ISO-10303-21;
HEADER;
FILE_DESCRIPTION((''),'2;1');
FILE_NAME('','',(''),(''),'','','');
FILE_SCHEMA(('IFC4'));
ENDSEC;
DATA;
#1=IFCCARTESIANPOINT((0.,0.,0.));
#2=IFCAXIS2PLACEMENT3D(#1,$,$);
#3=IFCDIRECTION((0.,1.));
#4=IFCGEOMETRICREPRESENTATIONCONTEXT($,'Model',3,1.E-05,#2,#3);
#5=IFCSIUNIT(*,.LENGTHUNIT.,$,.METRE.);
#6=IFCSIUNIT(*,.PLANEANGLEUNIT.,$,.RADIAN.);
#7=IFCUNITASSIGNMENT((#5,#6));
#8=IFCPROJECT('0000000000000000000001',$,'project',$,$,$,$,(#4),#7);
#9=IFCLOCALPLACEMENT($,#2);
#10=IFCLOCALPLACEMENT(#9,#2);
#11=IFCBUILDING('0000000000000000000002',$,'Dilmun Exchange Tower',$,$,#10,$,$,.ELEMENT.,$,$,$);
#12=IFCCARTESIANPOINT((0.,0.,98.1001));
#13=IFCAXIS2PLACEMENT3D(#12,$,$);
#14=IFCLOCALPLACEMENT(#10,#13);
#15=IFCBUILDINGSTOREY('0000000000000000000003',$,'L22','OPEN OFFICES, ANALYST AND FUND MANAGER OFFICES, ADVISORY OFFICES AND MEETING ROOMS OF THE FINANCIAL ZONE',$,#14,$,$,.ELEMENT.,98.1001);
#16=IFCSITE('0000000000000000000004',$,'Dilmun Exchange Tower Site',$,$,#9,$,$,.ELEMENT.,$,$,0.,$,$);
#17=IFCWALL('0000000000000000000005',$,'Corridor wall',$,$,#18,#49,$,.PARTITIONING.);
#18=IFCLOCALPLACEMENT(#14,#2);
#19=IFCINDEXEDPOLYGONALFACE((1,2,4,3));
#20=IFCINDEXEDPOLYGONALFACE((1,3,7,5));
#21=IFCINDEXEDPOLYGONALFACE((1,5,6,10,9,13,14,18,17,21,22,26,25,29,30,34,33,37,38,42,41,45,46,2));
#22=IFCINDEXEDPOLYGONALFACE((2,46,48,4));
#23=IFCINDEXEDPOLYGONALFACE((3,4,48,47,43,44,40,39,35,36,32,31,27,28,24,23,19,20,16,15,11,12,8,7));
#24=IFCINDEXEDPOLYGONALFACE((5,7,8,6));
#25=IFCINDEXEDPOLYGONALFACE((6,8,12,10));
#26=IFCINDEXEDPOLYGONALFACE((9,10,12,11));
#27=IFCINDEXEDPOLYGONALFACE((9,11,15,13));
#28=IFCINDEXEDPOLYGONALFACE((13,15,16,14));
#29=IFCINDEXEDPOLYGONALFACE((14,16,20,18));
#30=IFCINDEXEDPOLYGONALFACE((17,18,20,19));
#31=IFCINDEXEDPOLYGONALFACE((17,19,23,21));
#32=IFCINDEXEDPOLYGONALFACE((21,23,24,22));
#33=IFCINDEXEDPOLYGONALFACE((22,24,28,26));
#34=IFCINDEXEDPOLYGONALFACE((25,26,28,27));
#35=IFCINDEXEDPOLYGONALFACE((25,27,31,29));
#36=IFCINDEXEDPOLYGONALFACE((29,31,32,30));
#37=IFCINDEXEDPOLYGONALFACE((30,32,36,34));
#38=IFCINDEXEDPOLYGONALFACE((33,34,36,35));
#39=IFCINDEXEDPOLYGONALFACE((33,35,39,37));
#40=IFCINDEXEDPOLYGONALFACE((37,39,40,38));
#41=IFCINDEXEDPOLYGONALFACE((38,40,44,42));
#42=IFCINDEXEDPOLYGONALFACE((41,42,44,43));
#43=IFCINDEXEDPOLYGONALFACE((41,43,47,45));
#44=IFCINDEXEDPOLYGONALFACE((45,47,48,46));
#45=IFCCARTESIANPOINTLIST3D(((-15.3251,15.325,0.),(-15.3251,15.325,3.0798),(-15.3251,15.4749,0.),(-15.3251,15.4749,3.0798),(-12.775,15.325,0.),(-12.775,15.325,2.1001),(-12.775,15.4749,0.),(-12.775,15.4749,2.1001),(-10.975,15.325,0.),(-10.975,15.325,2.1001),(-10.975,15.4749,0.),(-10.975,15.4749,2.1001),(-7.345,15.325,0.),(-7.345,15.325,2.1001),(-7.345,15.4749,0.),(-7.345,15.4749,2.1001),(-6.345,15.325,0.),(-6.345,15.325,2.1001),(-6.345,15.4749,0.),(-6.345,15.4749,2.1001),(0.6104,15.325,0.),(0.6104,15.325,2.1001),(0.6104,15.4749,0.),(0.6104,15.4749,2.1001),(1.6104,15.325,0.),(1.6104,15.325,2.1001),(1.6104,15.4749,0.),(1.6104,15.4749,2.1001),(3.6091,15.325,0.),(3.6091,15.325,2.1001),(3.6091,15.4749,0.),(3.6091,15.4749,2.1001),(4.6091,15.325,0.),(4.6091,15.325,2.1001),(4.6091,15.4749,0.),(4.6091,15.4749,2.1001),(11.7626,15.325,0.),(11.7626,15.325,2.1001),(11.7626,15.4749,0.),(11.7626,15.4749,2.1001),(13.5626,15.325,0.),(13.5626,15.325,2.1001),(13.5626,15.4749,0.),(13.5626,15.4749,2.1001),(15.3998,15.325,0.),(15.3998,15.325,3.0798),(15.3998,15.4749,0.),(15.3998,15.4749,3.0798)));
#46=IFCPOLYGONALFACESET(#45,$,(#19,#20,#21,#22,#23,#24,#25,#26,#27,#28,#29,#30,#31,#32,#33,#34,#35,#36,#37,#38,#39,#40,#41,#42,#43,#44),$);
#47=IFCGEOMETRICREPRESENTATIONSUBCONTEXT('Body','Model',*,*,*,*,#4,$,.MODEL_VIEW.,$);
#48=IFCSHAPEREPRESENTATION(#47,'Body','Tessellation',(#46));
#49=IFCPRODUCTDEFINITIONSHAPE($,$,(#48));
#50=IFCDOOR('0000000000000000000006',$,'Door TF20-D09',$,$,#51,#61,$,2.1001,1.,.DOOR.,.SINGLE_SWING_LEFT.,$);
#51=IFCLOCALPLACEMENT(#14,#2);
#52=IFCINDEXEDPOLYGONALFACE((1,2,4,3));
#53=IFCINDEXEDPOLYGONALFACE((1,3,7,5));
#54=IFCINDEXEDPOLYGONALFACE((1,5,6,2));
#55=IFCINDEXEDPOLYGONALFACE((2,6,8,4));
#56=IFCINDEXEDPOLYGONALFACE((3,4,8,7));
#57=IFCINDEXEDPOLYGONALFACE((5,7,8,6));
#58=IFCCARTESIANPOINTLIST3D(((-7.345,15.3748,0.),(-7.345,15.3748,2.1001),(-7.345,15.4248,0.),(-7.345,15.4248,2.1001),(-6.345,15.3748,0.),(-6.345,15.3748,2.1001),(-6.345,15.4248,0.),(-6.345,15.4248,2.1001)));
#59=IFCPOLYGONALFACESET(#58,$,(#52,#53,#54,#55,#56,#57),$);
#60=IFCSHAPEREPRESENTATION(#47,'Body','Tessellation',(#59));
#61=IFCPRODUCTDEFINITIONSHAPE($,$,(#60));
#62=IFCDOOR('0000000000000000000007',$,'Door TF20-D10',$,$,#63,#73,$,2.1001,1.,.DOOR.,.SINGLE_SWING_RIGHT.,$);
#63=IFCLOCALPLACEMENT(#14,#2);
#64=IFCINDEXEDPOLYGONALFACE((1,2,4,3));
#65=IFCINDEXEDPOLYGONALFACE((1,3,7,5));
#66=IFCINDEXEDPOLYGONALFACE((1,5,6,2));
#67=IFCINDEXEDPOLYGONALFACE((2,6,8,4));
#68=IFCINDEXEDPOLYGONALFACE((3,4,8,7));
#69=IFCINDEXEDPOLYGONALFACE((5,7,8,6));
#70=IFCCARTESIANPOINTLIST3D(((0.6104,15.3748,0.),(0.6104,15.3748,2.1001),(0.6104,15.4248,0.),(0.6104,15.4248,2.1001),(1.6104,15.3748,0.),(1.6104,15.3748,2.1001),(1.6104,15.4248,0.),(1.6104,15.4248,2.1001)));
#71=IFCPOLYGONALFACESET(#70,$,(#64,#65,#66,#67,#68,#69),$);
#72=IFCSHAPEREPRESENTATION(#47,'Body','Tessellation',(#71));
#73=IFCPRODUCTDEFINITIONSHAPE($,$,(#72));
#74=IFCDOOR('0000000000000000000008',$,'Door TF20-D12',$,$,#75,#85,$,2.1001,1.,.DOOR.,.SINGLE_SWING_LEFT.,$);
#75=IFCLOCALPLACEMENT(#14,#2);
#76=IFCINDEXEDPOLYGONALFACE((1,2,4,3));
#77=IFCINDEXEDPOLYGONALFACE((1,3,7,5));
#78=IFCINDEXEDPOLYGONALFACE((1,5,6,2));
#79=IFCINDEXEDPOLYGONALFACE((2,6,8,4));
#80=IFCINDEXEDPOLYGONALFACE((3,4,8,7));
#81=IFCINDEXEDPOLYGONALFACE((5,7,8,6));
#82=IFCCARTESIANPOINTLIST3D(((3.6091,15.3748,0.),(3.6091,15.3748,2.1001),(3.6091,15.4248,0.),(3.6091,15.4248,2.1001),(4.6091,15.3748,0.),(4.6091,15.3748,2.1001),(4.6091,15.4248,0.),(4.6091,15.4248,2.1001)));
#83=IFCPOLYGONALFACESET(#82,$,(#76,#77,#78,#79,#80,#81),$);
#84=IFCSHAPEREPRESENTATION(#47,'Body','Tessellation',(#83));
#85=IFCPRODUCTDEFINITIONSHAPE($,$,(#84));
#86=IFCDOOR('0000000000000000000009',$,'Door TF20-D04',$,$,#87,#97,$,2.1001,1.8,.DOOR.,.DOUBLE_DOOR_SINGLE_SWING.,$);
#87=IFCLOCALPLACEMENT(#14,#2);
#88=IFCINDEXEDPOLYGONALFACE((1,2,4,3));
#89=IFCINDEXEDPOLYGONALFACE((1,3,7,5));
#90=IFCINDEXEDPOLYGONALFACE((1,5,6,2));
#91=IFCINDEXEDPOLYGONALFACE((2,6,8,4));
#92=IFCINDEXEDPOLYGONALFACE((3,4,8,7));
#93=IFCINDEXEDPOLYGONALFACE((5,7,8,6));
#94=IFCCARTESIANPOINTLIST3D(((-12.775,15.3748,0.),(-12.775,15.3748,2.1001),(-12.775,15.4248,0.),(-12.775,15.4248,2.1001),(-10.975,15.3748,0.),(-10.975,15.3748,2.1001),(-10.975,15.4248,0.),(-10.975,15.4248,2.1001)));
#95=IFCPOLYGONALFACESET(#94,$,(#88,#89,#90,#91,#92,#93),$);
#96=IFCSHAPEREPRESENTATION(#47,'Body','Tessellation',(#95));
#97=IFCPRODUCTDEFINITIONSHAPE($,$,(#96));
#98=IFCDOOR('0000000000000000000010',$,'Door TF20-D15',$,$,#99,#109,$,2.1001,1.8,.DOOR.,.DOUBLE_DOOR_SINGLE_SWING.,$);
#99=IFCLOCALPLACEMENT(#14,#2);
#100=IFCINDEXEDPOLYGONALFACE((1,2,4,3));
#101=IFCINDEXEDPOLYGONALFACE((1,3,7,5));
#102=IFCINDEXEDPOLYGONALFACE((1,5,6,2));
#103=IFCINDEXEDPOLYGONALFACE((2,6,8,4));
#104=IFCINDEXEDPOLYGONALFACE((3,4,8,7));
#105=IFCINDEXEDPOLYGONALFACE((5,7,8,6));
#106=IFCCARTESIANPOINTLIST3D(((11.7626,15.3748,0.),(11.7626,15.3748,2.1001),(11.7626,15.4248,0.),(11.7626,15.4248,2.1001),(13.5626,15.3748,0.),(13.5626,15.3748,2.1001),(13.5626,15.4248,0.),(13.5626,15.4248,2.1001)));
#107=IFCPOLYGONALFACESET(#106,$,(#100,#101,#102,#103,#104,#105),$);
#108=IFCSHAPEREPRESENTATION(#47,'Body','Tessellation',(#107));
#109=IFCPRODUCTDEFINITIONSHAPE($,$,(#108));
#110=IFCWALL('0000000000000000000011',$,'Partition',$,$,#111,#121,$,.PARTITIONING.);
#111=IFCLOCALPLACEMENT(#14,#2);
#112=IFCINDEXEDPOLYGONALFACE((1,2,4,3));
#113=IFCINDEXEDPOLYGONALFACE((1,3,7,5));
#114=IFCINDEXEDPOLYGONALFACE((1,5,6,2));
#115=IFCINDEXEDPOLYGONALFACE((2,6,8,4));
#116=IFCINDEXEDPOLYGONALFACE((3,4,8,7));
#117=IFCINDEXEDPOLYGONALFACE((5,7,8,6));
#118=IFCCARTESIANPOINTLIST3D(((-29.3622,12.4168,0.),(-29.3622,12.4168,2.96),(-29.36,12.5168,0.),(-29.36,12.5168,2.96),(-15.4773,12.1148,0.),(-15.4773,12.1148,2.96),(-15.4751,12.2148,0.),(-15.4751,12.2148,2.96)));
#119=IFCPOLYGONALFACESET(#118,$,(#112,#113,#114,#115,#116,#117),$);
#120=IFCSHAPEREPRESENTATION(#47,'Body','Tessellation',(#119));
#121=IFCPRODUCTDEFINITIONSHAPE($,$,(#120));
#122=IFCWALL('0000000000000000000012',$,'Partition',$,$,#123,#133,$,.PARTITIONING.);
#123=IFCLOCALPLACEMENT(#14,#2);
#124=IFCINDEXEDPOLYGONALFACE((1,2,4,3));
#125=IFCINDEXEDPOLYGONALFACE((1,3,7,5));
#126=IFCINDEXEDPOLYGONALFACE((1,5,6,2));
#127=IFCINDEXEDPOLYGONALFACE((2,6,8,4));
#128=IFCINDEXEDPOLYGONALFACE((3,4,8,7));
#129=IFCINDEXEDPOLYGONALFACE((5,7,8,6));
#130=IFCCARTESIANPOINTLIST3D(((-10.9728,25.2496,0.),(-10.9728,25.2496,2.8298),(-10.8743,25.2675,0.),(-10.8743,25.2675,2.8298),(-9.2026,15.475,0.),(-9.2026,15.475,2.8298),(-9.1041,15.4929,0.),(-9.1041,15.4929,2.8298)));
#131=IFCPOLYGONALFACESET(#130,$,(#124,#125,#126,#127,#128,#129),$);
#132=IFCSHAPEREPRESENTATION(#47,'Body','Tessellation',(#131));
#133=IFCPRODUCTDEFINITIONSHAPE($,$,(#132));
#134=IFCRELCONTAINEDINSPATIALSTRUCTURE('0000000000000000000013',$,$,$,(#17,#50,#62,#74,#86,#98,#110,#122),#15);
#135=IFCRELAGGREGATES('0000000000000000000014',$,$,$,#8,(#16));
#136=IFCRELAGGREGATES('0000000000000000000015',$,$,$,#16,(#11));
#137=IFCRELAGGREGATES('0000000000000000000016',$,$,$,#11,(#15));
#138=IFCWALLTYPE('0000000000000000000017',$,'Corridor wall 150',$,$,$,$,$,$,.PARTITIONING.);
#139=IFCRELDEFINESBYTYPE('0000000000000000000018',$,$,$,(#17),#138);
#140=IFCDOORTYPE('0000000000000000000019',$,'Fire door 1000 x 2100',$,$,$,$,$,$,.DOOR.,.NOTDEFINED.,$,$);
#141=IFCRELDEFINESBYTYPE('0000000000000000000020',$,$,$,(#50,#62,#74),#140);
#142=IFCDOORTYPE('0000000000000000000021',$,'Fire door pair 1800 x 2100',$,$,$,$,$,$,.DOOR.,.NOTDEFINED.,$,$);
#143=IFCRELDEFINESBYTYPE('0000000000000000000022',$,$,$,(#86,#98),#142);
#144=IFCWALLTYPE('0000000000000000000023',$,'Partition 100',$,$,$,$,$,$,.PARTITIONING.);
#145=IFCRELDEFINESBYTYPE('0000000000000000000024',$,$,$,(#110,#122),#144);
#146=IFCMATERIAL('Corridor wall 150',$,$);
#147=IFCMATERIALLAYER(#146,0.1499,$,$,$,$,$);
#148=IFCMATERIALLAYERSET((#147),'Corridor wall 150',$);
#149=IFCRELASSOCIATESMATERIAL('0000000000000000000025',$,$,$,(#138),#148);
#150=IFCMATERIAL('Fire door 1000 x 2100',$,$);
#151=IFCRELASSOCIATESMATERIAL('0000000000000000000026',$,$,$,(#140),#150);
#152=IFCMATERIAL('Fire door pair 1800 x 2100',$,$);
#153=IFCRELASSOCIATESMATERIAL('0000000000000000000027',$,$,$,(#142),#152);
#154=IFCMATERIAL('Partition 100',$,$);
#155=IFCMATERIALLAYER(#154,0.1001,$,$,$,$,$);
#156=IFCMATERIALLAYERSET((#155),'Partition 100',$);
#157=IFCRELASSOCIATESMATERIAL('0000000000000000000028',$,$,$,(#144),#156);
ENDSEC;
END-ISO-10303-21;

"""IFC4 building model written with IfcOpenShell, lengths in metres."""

from ifc_helpers import new_model, si_unit, direction, frame, frame_2d, origin, place, context, subcontext, project, spatial, rectangle, extrude, material, layer, layer_set, type_object, element, fill, save


model = new_model("IFC4")

# Units and contexts
model_context = context("Model", 3, precision=1e-05, world=origin(), true_north=direction((0.0, 1.0)))
body_context = subcontext(model_context, "Body", "Model", "MODEL_VIEW")
ifc_project = project(units=[si_unit("LENGTHUNIT", "METRE"), si_unit("PLANEANGLEUNIT", "RADIAN")], contexts=[model_context])

# Site, building, storey
site_placement = place(None, origin())
site = spatial("IfcSite", under=ifc_project, at=site_placement, Name="Dilmun Exchange Tower Site", CompositionType="ELEMENT", RefElevation=0.0)
building_placement = place(site_placement, origin())
building = spatial("IfcBuilding", under=site, at=building_placement, Name="Dilmun Exchange Tower", CompositionType="ELEMENT")
storey_placement = place(building_placement, frame((0.0, 0.0, 98.1001)))
storey = spatial("IfcBuildingStorey", under=building, at=storey_placement, Name="L22", Description="OPEN OFFICES, ANALYST AND FUND MANAGER OFFICES, ADVISORY OFFICES AND MEETING ROOMS OF THE FINANCIAL ZONE", CompositionType="ELEMENT", Elevation=98.1001)

# Wall, openings, doors
ifc_material_1 = material(Name="Corridor wall 150")
ifc_layer_1 = layer(ifc_material_1, 0.1499)
ifc_layer_set_1 = layer_set([ifc_layer_1], Name="Corridor wall 150")
wall_type_1 = type_object("IfcWallType", Name="Corridor wall 150", PredefinedType="PARTITIONING", material=ifc_layer_set_1)
wall_1_placement = place(storey_placement, frame((-15.325, 15.3999, 0.0), z_axis=(0.0, 0.0, 1.0), x_axis=(1.0, 0.0, 0.0)))
wall_1 = element("IfcWall", 1, at=wall_1_placement, inside=storey, type_object=wall_type_1, Name="Corridor wall", PredefinedType="PARTITIONING", context=body_context, shape_type="SweptSolid", body=[
    extrude(rectangle(XDim=30.7249, YDim=0.1499, at=frame_2d((15.3623, 0.0))), origin(), (0.0, 0.0, 1.0), 3.0798),
])
opening_1_placement = place(wall_1_placement, frame((2.55, 0.0, 0.0)))
opening_1 = element("IfcOpeningElement", 2, at=opening_1_placement, cuts=wall_1, PredefinedType="OPENING", context=body_context, shape_type="SweptSolid", body=[
    extrude(rectangle(XDim=1.8, YDim=2.1001, at=frame_2d((0.8999, 1.05))), frame((0.0, 0.085, 0.0), z_axis=(0.0, -1.0, 0.0), x_axis=(1.0, 0.0, 0.0)), (0.0, 0.0, 1.0), 0.1699),
])
opening_2_placement = place(wall_1_placement, frame((7.98, 0.0, 0.0)))
opening_2 = element("IfcOpeningElement", 3, at=opening_2_placement, cuts=wall_1, PredefinedType="OPENING", context=body_context, shape_type="SweptSolid", body=[
    extrude(rectangle(XDim=1.0, YDim=2.1001, at=frame_2d((0.5, 1.05))), frame((0.0, 0.085, 0.0), z_axis=(0.0, -1.0, 0.0), x_axis=(1.0, 0.0, 0.0)), (0.0, 0.0, 1.0), 0.1699),
])
opening_3_placement = place(wall_1_placement, frame((15.9353, 0.0, 0.0)))
opening_3 = element("IfcOpeningElement", 4, at=opening_3_placement, cuts=wall_1, PredefinedType="OPENING", context=body_context, shape_type="SweptSolid", body=[
    extrude(rectangle(XDim=1.0, YDim=2.1001, at=frame_2d((0.5, 1.05))), frame((0.0, 0.085, 0.0), z_axis=(0.0, -1.0, 0.0), x_axis=(1.0, 0.0, 0.0)), (0.0, 0.0, 1.0), 0.1699),
])
opening_4_placement = place(wall_1_placement, frame((18.9341, 0.0, 0.0)))
opening_4 = element("IfcOpeningElement", 5, at=opening_4_placement, cuts=wall_1, PredefinedType="OPENING", context=body_context, shape_type="SweptSolid", body=[
    extrude(rectangle(XDim=1.0, YDim=2.1001, at=frame_2d((0.5, 1.05))), frame((0.0, 0.085, 0.0), z_axis=(0.0, -1.0, 0.0), x_axis=(1.0, 0.0, 0.0)), (0.0, 0.0, 1.0), 0.1699),
])
opening_5_placement = place(wall_1_placement, frame((27.0876, 0.0, 0.0)))
opening_5 = element("IfcOpeningElement", 6, at=opening_5_placement, cuts=wall_1, PredefinedType="OPENING", context=body_context, shape_type="SweptSolid", body=[
    extrude(rectangle(XDim=1.8, YDim=2.1001, at=frame_2d((0.8999, 1.05))), frame((0.0, 0.085, 0.0), z_axis=(0.0, -1.0, 0.0), x_axis=(1.0, 0.0, 0.0)), (0.0, 0.0, 1.0), 0.1699),
])
ifc_material_2 = material(Name="Fire door 1000 x 2100")
door_type_1 = type_object("IfcDoorType", Name="Fire door 1000 x 2100", OperationType="NOTDEFINED", PredefinedType="DOOR", material=ifc_material_2)
door_1_placement = place(opening_2_placement, origin())
door_1 = element("IfcDoor", 7, at=door_1_placement, inside=storey, type_object=door_type_1, Name="Door TF20-D09", OperationType="SINGLE_SWING_LEFT", OverallHeight=2.1001, OverallWidth=1.0, PredefinedType="DOOR", context=body_context, shape_type="SweptSolid", body=[
    extrude(rectangle(XDim=1.0, YDim=2.1001, at=frame_2d((0.5, 1.05))), frame((0.0, 0.0249, 0.0), z_axis=(0.0, -1.0, 0.0), x_axis=(1.0, 0.0, 0.0)), (0.0, 0.0, 1.0), 0.05),
])
fill(opening_2, door_1)
door_2_placement = place(opening_3_placement, origin())
door_2 = element("IfcDoor", 8, at=door_2_placement, inside=storey, type_object=door_type_1, Name="Door TF20-D10", OperationType="SINGLE_SWING_RIGHT", OverallHeight=2.1001, OverallWidth=1.0, PredefinedType="DOOR", context=body_context, shape_type="SweptSolid", body=[
    extrude(rectangle(XDim=1.0, YDim=2.1001, at=frame_2d((0.5, 1.05))), frame((0.0, 0.0249, 0.0), z_axis=(0.0, -1.0, 0.0), x_axis=(1.0, 0.0, 0.0)), (0.0, 0.0, 1.0), 0.05),
])
fill(opening_3, door_2)
door_3_placement = place(opening_4_placement, origin())
door_3 = element("IfcDoor", 9, at=door_3_placement, inside=storey, type_object=door_type_1, Name="Door TF20-D12", OperationType="SINGLE_SWING_LEFT", OverallHeight=2.1001, OverallWidth=1.0, PredefinedType="DOOR", context=body_context, shape_type="SweptSolid", body=[
    extrude(rectangle(XDim=1.0, YDim=2.1001, at=frame_2d((0.5, 1.05))), frame((0.0, 0.0249, 0.0), z_axis=(0.0, -1.0, 0.0), x_axis=(1.0, 0.0, 0.0)), (0.0, 0.0, 1.0), 0.05),
])
fill(opening_4, door_3)
ifc_material_3 = material(Name="Fire door pair 1800 x 2100")
door_type_2 = type_object("IfcDoorType", Name="Fire door pair 1800 x 2100", OperationType="NOTDEFINED", PredefinedType="DOOR", material=ifc_material_3)
door_4_placement = place(opening_1_placement, origin())
door_4 = element("IfcDoor", 10, at=door_4_placement, inside=storey, type_object=door_type_2, Name="Door TF20-D04", OperationType="DOUBLE_DOOR_SINGLE_SWING", OverallHeight=2.1001, OverallWidth=1.8, PredefinedType="DOOR", context=body_context, shape_type="SweptSolid", body=[
    extrude(rectangle(XDim=1.8, YDim=2.1001, at=frame_2d((0.8999, 1.05))), frame((0.0, 0.0249, 0.0), z_axis=(0.0, -1.0, 0.0), x_axis=(1.0, 0.0, 0.0)), (0.0, 0.0, 1.0), 0.05),
])
fill(opening_1, door_4)
door_5_placement = place(opening_5_placement, origin())
door_5 = element("IfcDoor", 11, at=door_5_placement, inside=storey, type_object=door_type_2, Name="Door TF20-D15", OperationType="DOUBLE_DOOR_SINGLE_SWING", OverallHeight=2.1001, OverallWidth=1.8, PredefinedType="DOOR", context=body_context, shape_type="SweptSolid", body=[
    extrude(rectangle(XDim=1.8, YDim=2.1001, at=frame_2d((0.8999, 1.05))), frame((0.0, 0.0249, 0.0), z_axis=(0.0, -1.0, 0.0), x_axis=(1.0, 0.0, 0.0)), (0.0, 0.0, 1.0), 0.05),
])
fill(opening_5, door_5)

# Walls
ifc_material_4 = material(Name="Partition 100")
ifc_layer_2 = layer(ifc_material_4, 0.1001)
ifc_layer_set_2 = layer_set([ifc_layer_2], Name="Partition 100")
wall_type_2 = type_object("IfcWallType", Name="Partition 100", PredefinedType="PARTITIONING", material=ifc_layer_set_2)
wall_2_placement = place(storey_placement, frame((-29.3611, 12.4668, 0.0), z_axis=(0.0, 0.0, 1.0), x_axis=(0.999764, -0.021745, 0.0)))
element("IfcWall", 12, at=wall_2_placement, inside=storey, type_object=wall_type_2, Name="Partition", PredefinedType="PARTITIONING", context=body_context, shape_type="SweptSolid", body=[
    extrude(rectangle(XDim=13.8882, YDim=0.1001, at=frame_2d((6.9441, 0.0))), origin(), (0.0, 0.0, 1.0), 2.96),
])
wall_3_placement = place(storey_placement, frame((-10.9236, 25.2585, 0.0), z_axis=(0.0, 0.0, 1.0), x_axis=(0.178208, -0.983993, 0.0)))
element("IfcWall", 13, at=wall_3_placement, inside=storey, type_object=wall_type_2, Name="Partition", PredefinedType="PARTITIONING", context=body_context, shape_type="SweptSolid", body=[
    extrude(rectangle(XDim=9.9336, YDim=0.1001, at=frame_2d((4.9668, 0.0))), origin(), (0.0, 0.0, 1.0), 2.8298),
])

save(model, "model.ifc")
